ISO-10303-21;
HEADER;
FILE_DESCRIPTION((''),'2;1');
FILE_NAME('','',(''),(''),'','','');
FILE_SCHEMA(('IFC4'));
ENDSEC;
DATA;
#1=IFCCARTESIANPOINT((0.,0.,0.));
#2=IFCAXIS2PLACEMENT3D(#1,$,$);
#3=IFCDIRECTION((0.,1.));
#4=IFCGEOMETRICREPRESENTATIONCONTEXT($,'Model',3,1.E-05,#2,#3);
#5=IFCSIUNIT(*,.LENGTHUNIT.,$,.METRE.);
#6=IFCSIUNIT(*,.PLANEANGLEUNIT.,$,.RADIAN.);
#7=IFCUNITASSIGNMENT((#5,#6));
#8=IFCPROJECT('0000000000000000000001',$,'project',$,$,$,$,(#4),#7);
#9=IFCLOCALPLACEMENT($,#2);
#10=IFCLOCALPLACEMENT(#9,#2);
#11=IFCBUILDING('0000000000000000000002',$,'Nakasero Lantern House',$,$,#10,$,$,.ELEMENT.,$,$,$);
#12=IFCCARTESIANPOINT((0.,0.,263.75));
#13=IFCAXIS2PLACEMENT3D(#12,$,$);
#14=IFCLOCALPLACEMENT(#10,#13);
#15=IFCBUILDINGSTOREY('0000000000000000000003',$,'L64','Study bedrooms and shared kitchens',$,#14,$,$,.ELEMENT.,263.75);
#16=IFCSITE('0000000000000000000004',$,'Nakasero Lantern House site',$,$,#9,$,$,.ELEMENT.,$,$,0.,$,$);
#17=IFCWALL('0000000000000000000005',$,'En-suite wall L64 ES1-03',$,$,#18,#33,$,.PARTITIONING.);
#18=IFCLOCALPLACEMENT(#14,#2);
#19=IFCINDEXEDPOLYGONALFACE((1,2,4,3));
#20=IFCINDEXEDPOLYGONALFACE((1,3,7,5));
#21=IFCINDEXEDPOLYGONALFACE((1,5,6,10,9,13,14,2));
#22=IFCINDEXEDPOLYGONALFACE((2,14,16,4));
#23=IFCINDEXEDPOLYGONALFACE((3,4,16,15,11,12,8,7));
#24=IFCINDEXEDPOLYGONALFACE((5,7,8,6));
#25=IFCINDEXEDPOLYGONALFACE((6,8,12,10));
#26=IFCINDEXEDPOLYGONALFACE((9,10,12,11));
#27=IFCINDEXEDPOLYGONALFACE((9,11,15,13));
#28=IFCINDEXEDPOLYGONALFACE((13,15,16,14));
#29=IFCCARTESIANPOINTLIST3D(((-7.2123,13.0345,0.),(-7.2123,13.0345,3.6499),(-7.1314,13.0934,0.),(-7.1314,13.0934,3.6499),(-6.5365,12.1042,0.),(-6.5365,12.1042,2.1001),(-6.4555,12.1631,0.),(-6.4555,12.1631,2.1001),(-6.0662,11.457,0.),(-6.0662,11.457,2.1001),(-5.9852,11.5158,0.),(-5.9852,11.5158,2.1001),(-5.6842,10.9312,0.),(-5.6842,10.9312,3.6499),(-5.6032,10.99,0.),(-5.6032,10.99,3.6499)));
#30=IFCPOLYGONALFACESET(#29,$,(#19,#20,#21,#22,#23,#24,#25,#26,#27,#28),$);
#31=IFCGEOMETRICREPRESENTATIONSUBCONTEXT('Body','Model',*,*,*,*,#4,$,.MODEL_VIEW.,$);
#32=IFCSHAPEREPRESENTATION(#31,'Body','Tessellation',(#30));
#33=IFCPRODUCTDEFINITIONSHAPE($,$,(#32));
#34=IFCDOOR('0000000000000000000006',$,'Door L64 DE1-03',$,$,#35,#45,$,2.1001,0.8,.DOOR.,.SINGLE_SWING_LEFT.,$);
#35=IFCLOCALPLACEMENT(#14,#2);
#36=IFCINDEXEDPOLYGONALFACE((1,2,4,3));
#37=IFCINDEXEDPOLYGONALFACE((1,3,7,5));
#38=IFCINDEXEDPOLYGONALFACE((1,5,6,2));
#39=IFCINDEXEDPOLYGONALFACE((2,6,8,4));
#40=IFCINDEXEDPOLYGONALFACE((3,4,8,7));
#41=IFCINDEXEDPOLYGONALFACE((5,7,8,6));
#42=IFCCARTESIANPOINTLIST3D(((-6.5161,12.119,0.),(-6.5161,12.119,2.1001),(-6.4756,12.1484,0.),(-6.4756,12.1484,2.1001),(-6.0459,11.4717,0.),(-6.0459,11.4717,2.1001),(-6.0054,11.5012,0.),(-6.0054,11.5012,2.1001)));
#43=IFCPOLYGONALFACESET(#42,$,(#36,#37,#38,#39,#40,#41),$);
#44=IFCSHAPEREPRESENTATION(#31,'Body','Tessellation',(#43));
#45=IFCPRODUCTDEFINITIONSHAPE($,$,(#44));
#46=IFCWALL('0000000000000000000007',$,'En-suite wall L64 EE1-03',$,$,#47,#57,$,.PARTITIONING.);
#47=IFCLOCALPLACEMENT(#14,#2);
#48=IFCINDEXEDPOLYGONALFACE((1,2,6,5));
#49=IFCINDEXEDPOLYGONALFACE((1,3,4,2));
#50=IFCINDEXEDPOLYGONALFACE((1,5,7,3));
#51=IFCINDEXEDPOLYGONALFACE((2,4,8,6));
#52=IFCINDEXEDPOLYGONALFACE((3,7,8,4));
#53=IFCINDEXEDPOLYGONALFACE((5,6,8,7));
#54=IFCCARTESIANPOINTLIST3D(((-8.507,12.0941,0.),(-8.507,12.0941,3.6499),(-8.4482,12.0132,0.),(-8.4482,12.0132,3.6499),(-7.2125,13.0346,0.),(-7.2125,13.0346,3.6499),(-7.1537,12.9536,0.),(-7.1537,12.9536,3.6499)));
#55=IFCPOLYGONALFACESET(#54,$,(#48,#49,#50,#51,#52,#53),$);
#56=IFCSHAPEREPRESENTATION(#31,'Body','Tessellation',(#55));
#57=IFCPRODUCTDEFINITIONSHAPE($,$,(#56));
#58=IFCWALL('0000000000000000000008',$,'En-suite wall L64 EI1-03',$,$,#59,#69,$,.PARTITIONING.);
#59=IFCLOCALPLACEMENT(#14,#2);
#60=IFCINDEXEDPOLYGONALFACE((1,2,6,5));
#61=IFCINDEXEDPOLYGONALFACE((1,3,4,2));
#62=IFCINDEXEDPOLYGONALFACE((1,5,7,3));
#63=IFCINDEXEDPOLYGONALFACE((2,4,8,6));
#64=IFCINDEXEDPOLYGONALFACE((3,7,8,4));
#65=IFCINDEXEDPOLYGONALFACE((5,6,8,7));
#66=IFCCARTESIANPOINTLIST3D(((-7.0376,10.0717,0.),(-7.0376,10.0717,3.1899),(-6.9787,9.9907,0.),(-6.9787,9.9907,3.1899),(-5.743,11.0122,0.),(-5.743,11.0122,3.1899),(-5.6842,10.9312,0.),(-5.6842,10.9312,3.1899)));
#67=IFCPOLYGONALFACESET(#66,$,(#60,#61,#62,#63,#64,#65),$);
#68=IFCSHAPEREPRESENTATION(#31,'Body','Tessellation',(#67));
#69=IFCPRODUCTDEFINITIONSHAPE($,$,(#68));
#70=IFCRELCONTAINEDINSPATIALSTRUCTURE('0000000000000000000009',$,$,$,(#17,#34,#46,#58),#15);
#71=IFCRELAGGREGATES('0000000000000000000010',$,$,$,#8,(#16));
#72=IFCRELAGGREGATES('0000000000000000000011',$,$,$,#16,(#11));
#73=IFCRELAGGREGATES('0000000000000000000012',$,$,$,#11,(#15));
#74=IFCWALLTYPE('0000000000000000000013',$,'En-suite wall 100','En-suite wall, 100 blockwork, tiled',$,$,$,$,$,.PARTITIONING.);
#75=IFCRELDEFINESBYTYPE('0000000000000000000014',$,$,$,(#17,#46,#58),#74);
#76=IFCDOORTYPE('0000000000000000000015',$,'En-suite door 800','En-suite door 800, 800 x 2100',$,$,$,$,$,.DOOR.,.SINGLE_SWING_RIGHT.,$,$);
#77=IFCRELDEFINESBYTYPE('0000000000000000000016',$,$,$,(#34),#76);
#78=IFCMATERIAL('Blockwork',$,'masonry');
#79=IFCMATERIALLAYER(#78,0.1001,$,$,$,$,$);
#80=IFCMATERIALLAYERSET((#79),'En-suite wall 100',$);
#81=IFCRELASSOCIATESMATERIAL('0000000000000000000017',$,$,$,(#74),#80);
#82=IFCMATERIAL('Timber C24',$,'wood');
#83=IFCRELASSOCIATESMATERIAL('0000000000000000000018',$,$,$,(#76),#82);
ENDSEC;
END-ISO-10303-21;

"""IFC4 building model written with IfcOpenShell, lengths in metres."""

from ifc_helpers import new_model, si_unit, direction, frame, frame_2d, origin, place, context, subcontext, project, spatial, rectangle, extrude, material, layer, layer_set, type_object, element, fill, save


model = new_model("IFC4")

# Units and contexts
model_context = context("Model", 3, precision=1e-05, world=origin(), true_north=direction((0.0, 1.0)))
body_context = subcontext(model_context, "Body", "Model", "MODEL_VIEW")
ifc_project = project(units=[si_unit("LENGTHUNIT", "METRE"), si_unit("PLANEANGLEUNIT", "RADIAN")], contexts=[model_context])

# Site, building, storey
site_placement = place(None, origin())
site = spatial("IfcSite", under=ifc_project, at=site_placement, Name="Nakasero Lantern House site", CompositionType="ELEMENT", RefElevation=0.0)
building_placement = place(site_placement, origin())
building = spatial("IfcBuilding", under=site, at=building_placement, Name="Nakasero Lantern House", CompositionType="ELEMENT")
storey_placement = place(building_placement, frame((0.0, 0.0, 263.75)))
storey = spatial("IfcBuildingStorey", under=building, at=storey_placement, Name="L64", Description="Study bedrooms and shared kitchens", CompositionType="ELEMENT", Elevation=263.75)

# Wall, opening, door
ifc_material_1 = material(Name="Blockwork", Category="masonry")
ifc_layer_1 = layer(ifc_material_1, 0.1001)
ifc_layer_set_1 = layer_set([ifc_layer_1], Name="En-suite wall 100")
wall_type_1 = type_object("IfcWallType", Name="En-suite wall 100", Description="En-suite wall, 100 blockwork, tiled", PredefinedType="PARTITIONING", material=ifc_layer_set_1)
wall_1_placement = place(storey_placement, frame((-5.6438, 10.9607, 0.0), z_axis=(0.0, 0.0, 1.0), x_axis=(-0.587775, 0.809024, 0.0)))
wall_1 = element("IfcWall", 1, at=wall_1_placement, inside=storey, type_object=wall_type_1, Name="En-suite wall L64 ES1-03", PredefinedType="PARTITIONING", context=body_context, shape_type="SweptSolid", body=[
    extrude(rectangle(XDim=2.5999, YDim=0.1001, at=frame_2d((1.2998, 0.0))), origin(), (0.0, 0.0, 1.0), 3.6499),
])
opening_1_placement = place(wall_1_placement, frame((0.6499, 0.0, 0.0)))
opening_1 = element("IfcOpeningElement", 2, at=opening_1_placement, cuts=wall_1, PredefinedType="OPENING", context=body_context, shape_type="SweptSolid", body=[
    extrude(rectangle(XDim=0.8, YDim=2.1001, at=frame_2d((0.3999, 1.05))), frame((0.0, 0.0701, 0.0), z_axis=(0.0, -1.0, 0.0), x_axis=(1.0, 0.0, 0.0)), (0.0, 0.0, 1.0), 0.1401),
])
ifc_material_2 = material(Name="Timber C24", Category="wood")
door_type_1 = type_object("IfcDoorType", Name="En-suite door 800", Description="En-suite door 800, 800 x 2100", OperationType="SINGLE_SWING_RIGHT", PredefinedType="DOOR", material=ifc_material_2)
door_1_placement = place(opening_1_placement, origin())
door_1 = element("IfcDoor", 3, at=door_1_placement, inside=storey, type_object=door_type_1, Name="Door L64 DE1-03", OperationType="SINGLE_SWING_LEFT", OverallHeight=2.1001, OverallWidth=0.8, PredefinedType="DOOR", context=body_context, shape_type="SweptSolid", body=[
    extrude(rectangle(XDim=0.8, YDim=2.1001, at=frame_2d((0.3999, 1.05))), frame((0.0, 0.0249, 0.0), z_axis=(0.0, -1.0, 0.0), x_axis=(1.0, 0.0, 0.0)), (0.0, 0.0, 1.0), 0.05),
])
fill(opening_1, door_1)

# Walls
wall_2_placement = place(storey_placement, frame((-7.1831, 12.9941, 0.0), z_axis=(0.0, 0.0, 1.0), x_axis=(-0.809026, -0.587772, 0.0)))
element("IfcWall", 4, at=wall_2_placement, inside=storey, type_object=wall_type_1, Name="En-suite wall L64 EE1-03", PredefinedType="PARTITIONING", context=body_context, shape_type="SweptSolid", body=[
    extrude(rectangle(XDim=1.6001, YDim=0.1001, at=frame_2d((0.8, 0.0))), origin(), (0.0, 0.0, 1.0), 3.6499),
])
wall_3_placement = place(storey_placement, frame((-5.7136, 10.9717, 0.0), z_axis=(0.0, 0.0, 1.0), x_axis=(-0.809026, -0.587772, 0.0)))
element("IfcWall", 5, at=wall_3_placement, inside=storey, type_object=wall_type_1, Name="En-suite wall L64 EI1-03", PredefinedType="PARTITIONING", context=body_context, shape_type="SweptSolid", body=[
    extrude(rectangle(XDim=1.6001, YDim=0.1001, at=frame_2d((0.8, 0.0))), origin(), (0.0, 0.0, 1.0), 3.1899),
])

save(model, "model.ifc")
